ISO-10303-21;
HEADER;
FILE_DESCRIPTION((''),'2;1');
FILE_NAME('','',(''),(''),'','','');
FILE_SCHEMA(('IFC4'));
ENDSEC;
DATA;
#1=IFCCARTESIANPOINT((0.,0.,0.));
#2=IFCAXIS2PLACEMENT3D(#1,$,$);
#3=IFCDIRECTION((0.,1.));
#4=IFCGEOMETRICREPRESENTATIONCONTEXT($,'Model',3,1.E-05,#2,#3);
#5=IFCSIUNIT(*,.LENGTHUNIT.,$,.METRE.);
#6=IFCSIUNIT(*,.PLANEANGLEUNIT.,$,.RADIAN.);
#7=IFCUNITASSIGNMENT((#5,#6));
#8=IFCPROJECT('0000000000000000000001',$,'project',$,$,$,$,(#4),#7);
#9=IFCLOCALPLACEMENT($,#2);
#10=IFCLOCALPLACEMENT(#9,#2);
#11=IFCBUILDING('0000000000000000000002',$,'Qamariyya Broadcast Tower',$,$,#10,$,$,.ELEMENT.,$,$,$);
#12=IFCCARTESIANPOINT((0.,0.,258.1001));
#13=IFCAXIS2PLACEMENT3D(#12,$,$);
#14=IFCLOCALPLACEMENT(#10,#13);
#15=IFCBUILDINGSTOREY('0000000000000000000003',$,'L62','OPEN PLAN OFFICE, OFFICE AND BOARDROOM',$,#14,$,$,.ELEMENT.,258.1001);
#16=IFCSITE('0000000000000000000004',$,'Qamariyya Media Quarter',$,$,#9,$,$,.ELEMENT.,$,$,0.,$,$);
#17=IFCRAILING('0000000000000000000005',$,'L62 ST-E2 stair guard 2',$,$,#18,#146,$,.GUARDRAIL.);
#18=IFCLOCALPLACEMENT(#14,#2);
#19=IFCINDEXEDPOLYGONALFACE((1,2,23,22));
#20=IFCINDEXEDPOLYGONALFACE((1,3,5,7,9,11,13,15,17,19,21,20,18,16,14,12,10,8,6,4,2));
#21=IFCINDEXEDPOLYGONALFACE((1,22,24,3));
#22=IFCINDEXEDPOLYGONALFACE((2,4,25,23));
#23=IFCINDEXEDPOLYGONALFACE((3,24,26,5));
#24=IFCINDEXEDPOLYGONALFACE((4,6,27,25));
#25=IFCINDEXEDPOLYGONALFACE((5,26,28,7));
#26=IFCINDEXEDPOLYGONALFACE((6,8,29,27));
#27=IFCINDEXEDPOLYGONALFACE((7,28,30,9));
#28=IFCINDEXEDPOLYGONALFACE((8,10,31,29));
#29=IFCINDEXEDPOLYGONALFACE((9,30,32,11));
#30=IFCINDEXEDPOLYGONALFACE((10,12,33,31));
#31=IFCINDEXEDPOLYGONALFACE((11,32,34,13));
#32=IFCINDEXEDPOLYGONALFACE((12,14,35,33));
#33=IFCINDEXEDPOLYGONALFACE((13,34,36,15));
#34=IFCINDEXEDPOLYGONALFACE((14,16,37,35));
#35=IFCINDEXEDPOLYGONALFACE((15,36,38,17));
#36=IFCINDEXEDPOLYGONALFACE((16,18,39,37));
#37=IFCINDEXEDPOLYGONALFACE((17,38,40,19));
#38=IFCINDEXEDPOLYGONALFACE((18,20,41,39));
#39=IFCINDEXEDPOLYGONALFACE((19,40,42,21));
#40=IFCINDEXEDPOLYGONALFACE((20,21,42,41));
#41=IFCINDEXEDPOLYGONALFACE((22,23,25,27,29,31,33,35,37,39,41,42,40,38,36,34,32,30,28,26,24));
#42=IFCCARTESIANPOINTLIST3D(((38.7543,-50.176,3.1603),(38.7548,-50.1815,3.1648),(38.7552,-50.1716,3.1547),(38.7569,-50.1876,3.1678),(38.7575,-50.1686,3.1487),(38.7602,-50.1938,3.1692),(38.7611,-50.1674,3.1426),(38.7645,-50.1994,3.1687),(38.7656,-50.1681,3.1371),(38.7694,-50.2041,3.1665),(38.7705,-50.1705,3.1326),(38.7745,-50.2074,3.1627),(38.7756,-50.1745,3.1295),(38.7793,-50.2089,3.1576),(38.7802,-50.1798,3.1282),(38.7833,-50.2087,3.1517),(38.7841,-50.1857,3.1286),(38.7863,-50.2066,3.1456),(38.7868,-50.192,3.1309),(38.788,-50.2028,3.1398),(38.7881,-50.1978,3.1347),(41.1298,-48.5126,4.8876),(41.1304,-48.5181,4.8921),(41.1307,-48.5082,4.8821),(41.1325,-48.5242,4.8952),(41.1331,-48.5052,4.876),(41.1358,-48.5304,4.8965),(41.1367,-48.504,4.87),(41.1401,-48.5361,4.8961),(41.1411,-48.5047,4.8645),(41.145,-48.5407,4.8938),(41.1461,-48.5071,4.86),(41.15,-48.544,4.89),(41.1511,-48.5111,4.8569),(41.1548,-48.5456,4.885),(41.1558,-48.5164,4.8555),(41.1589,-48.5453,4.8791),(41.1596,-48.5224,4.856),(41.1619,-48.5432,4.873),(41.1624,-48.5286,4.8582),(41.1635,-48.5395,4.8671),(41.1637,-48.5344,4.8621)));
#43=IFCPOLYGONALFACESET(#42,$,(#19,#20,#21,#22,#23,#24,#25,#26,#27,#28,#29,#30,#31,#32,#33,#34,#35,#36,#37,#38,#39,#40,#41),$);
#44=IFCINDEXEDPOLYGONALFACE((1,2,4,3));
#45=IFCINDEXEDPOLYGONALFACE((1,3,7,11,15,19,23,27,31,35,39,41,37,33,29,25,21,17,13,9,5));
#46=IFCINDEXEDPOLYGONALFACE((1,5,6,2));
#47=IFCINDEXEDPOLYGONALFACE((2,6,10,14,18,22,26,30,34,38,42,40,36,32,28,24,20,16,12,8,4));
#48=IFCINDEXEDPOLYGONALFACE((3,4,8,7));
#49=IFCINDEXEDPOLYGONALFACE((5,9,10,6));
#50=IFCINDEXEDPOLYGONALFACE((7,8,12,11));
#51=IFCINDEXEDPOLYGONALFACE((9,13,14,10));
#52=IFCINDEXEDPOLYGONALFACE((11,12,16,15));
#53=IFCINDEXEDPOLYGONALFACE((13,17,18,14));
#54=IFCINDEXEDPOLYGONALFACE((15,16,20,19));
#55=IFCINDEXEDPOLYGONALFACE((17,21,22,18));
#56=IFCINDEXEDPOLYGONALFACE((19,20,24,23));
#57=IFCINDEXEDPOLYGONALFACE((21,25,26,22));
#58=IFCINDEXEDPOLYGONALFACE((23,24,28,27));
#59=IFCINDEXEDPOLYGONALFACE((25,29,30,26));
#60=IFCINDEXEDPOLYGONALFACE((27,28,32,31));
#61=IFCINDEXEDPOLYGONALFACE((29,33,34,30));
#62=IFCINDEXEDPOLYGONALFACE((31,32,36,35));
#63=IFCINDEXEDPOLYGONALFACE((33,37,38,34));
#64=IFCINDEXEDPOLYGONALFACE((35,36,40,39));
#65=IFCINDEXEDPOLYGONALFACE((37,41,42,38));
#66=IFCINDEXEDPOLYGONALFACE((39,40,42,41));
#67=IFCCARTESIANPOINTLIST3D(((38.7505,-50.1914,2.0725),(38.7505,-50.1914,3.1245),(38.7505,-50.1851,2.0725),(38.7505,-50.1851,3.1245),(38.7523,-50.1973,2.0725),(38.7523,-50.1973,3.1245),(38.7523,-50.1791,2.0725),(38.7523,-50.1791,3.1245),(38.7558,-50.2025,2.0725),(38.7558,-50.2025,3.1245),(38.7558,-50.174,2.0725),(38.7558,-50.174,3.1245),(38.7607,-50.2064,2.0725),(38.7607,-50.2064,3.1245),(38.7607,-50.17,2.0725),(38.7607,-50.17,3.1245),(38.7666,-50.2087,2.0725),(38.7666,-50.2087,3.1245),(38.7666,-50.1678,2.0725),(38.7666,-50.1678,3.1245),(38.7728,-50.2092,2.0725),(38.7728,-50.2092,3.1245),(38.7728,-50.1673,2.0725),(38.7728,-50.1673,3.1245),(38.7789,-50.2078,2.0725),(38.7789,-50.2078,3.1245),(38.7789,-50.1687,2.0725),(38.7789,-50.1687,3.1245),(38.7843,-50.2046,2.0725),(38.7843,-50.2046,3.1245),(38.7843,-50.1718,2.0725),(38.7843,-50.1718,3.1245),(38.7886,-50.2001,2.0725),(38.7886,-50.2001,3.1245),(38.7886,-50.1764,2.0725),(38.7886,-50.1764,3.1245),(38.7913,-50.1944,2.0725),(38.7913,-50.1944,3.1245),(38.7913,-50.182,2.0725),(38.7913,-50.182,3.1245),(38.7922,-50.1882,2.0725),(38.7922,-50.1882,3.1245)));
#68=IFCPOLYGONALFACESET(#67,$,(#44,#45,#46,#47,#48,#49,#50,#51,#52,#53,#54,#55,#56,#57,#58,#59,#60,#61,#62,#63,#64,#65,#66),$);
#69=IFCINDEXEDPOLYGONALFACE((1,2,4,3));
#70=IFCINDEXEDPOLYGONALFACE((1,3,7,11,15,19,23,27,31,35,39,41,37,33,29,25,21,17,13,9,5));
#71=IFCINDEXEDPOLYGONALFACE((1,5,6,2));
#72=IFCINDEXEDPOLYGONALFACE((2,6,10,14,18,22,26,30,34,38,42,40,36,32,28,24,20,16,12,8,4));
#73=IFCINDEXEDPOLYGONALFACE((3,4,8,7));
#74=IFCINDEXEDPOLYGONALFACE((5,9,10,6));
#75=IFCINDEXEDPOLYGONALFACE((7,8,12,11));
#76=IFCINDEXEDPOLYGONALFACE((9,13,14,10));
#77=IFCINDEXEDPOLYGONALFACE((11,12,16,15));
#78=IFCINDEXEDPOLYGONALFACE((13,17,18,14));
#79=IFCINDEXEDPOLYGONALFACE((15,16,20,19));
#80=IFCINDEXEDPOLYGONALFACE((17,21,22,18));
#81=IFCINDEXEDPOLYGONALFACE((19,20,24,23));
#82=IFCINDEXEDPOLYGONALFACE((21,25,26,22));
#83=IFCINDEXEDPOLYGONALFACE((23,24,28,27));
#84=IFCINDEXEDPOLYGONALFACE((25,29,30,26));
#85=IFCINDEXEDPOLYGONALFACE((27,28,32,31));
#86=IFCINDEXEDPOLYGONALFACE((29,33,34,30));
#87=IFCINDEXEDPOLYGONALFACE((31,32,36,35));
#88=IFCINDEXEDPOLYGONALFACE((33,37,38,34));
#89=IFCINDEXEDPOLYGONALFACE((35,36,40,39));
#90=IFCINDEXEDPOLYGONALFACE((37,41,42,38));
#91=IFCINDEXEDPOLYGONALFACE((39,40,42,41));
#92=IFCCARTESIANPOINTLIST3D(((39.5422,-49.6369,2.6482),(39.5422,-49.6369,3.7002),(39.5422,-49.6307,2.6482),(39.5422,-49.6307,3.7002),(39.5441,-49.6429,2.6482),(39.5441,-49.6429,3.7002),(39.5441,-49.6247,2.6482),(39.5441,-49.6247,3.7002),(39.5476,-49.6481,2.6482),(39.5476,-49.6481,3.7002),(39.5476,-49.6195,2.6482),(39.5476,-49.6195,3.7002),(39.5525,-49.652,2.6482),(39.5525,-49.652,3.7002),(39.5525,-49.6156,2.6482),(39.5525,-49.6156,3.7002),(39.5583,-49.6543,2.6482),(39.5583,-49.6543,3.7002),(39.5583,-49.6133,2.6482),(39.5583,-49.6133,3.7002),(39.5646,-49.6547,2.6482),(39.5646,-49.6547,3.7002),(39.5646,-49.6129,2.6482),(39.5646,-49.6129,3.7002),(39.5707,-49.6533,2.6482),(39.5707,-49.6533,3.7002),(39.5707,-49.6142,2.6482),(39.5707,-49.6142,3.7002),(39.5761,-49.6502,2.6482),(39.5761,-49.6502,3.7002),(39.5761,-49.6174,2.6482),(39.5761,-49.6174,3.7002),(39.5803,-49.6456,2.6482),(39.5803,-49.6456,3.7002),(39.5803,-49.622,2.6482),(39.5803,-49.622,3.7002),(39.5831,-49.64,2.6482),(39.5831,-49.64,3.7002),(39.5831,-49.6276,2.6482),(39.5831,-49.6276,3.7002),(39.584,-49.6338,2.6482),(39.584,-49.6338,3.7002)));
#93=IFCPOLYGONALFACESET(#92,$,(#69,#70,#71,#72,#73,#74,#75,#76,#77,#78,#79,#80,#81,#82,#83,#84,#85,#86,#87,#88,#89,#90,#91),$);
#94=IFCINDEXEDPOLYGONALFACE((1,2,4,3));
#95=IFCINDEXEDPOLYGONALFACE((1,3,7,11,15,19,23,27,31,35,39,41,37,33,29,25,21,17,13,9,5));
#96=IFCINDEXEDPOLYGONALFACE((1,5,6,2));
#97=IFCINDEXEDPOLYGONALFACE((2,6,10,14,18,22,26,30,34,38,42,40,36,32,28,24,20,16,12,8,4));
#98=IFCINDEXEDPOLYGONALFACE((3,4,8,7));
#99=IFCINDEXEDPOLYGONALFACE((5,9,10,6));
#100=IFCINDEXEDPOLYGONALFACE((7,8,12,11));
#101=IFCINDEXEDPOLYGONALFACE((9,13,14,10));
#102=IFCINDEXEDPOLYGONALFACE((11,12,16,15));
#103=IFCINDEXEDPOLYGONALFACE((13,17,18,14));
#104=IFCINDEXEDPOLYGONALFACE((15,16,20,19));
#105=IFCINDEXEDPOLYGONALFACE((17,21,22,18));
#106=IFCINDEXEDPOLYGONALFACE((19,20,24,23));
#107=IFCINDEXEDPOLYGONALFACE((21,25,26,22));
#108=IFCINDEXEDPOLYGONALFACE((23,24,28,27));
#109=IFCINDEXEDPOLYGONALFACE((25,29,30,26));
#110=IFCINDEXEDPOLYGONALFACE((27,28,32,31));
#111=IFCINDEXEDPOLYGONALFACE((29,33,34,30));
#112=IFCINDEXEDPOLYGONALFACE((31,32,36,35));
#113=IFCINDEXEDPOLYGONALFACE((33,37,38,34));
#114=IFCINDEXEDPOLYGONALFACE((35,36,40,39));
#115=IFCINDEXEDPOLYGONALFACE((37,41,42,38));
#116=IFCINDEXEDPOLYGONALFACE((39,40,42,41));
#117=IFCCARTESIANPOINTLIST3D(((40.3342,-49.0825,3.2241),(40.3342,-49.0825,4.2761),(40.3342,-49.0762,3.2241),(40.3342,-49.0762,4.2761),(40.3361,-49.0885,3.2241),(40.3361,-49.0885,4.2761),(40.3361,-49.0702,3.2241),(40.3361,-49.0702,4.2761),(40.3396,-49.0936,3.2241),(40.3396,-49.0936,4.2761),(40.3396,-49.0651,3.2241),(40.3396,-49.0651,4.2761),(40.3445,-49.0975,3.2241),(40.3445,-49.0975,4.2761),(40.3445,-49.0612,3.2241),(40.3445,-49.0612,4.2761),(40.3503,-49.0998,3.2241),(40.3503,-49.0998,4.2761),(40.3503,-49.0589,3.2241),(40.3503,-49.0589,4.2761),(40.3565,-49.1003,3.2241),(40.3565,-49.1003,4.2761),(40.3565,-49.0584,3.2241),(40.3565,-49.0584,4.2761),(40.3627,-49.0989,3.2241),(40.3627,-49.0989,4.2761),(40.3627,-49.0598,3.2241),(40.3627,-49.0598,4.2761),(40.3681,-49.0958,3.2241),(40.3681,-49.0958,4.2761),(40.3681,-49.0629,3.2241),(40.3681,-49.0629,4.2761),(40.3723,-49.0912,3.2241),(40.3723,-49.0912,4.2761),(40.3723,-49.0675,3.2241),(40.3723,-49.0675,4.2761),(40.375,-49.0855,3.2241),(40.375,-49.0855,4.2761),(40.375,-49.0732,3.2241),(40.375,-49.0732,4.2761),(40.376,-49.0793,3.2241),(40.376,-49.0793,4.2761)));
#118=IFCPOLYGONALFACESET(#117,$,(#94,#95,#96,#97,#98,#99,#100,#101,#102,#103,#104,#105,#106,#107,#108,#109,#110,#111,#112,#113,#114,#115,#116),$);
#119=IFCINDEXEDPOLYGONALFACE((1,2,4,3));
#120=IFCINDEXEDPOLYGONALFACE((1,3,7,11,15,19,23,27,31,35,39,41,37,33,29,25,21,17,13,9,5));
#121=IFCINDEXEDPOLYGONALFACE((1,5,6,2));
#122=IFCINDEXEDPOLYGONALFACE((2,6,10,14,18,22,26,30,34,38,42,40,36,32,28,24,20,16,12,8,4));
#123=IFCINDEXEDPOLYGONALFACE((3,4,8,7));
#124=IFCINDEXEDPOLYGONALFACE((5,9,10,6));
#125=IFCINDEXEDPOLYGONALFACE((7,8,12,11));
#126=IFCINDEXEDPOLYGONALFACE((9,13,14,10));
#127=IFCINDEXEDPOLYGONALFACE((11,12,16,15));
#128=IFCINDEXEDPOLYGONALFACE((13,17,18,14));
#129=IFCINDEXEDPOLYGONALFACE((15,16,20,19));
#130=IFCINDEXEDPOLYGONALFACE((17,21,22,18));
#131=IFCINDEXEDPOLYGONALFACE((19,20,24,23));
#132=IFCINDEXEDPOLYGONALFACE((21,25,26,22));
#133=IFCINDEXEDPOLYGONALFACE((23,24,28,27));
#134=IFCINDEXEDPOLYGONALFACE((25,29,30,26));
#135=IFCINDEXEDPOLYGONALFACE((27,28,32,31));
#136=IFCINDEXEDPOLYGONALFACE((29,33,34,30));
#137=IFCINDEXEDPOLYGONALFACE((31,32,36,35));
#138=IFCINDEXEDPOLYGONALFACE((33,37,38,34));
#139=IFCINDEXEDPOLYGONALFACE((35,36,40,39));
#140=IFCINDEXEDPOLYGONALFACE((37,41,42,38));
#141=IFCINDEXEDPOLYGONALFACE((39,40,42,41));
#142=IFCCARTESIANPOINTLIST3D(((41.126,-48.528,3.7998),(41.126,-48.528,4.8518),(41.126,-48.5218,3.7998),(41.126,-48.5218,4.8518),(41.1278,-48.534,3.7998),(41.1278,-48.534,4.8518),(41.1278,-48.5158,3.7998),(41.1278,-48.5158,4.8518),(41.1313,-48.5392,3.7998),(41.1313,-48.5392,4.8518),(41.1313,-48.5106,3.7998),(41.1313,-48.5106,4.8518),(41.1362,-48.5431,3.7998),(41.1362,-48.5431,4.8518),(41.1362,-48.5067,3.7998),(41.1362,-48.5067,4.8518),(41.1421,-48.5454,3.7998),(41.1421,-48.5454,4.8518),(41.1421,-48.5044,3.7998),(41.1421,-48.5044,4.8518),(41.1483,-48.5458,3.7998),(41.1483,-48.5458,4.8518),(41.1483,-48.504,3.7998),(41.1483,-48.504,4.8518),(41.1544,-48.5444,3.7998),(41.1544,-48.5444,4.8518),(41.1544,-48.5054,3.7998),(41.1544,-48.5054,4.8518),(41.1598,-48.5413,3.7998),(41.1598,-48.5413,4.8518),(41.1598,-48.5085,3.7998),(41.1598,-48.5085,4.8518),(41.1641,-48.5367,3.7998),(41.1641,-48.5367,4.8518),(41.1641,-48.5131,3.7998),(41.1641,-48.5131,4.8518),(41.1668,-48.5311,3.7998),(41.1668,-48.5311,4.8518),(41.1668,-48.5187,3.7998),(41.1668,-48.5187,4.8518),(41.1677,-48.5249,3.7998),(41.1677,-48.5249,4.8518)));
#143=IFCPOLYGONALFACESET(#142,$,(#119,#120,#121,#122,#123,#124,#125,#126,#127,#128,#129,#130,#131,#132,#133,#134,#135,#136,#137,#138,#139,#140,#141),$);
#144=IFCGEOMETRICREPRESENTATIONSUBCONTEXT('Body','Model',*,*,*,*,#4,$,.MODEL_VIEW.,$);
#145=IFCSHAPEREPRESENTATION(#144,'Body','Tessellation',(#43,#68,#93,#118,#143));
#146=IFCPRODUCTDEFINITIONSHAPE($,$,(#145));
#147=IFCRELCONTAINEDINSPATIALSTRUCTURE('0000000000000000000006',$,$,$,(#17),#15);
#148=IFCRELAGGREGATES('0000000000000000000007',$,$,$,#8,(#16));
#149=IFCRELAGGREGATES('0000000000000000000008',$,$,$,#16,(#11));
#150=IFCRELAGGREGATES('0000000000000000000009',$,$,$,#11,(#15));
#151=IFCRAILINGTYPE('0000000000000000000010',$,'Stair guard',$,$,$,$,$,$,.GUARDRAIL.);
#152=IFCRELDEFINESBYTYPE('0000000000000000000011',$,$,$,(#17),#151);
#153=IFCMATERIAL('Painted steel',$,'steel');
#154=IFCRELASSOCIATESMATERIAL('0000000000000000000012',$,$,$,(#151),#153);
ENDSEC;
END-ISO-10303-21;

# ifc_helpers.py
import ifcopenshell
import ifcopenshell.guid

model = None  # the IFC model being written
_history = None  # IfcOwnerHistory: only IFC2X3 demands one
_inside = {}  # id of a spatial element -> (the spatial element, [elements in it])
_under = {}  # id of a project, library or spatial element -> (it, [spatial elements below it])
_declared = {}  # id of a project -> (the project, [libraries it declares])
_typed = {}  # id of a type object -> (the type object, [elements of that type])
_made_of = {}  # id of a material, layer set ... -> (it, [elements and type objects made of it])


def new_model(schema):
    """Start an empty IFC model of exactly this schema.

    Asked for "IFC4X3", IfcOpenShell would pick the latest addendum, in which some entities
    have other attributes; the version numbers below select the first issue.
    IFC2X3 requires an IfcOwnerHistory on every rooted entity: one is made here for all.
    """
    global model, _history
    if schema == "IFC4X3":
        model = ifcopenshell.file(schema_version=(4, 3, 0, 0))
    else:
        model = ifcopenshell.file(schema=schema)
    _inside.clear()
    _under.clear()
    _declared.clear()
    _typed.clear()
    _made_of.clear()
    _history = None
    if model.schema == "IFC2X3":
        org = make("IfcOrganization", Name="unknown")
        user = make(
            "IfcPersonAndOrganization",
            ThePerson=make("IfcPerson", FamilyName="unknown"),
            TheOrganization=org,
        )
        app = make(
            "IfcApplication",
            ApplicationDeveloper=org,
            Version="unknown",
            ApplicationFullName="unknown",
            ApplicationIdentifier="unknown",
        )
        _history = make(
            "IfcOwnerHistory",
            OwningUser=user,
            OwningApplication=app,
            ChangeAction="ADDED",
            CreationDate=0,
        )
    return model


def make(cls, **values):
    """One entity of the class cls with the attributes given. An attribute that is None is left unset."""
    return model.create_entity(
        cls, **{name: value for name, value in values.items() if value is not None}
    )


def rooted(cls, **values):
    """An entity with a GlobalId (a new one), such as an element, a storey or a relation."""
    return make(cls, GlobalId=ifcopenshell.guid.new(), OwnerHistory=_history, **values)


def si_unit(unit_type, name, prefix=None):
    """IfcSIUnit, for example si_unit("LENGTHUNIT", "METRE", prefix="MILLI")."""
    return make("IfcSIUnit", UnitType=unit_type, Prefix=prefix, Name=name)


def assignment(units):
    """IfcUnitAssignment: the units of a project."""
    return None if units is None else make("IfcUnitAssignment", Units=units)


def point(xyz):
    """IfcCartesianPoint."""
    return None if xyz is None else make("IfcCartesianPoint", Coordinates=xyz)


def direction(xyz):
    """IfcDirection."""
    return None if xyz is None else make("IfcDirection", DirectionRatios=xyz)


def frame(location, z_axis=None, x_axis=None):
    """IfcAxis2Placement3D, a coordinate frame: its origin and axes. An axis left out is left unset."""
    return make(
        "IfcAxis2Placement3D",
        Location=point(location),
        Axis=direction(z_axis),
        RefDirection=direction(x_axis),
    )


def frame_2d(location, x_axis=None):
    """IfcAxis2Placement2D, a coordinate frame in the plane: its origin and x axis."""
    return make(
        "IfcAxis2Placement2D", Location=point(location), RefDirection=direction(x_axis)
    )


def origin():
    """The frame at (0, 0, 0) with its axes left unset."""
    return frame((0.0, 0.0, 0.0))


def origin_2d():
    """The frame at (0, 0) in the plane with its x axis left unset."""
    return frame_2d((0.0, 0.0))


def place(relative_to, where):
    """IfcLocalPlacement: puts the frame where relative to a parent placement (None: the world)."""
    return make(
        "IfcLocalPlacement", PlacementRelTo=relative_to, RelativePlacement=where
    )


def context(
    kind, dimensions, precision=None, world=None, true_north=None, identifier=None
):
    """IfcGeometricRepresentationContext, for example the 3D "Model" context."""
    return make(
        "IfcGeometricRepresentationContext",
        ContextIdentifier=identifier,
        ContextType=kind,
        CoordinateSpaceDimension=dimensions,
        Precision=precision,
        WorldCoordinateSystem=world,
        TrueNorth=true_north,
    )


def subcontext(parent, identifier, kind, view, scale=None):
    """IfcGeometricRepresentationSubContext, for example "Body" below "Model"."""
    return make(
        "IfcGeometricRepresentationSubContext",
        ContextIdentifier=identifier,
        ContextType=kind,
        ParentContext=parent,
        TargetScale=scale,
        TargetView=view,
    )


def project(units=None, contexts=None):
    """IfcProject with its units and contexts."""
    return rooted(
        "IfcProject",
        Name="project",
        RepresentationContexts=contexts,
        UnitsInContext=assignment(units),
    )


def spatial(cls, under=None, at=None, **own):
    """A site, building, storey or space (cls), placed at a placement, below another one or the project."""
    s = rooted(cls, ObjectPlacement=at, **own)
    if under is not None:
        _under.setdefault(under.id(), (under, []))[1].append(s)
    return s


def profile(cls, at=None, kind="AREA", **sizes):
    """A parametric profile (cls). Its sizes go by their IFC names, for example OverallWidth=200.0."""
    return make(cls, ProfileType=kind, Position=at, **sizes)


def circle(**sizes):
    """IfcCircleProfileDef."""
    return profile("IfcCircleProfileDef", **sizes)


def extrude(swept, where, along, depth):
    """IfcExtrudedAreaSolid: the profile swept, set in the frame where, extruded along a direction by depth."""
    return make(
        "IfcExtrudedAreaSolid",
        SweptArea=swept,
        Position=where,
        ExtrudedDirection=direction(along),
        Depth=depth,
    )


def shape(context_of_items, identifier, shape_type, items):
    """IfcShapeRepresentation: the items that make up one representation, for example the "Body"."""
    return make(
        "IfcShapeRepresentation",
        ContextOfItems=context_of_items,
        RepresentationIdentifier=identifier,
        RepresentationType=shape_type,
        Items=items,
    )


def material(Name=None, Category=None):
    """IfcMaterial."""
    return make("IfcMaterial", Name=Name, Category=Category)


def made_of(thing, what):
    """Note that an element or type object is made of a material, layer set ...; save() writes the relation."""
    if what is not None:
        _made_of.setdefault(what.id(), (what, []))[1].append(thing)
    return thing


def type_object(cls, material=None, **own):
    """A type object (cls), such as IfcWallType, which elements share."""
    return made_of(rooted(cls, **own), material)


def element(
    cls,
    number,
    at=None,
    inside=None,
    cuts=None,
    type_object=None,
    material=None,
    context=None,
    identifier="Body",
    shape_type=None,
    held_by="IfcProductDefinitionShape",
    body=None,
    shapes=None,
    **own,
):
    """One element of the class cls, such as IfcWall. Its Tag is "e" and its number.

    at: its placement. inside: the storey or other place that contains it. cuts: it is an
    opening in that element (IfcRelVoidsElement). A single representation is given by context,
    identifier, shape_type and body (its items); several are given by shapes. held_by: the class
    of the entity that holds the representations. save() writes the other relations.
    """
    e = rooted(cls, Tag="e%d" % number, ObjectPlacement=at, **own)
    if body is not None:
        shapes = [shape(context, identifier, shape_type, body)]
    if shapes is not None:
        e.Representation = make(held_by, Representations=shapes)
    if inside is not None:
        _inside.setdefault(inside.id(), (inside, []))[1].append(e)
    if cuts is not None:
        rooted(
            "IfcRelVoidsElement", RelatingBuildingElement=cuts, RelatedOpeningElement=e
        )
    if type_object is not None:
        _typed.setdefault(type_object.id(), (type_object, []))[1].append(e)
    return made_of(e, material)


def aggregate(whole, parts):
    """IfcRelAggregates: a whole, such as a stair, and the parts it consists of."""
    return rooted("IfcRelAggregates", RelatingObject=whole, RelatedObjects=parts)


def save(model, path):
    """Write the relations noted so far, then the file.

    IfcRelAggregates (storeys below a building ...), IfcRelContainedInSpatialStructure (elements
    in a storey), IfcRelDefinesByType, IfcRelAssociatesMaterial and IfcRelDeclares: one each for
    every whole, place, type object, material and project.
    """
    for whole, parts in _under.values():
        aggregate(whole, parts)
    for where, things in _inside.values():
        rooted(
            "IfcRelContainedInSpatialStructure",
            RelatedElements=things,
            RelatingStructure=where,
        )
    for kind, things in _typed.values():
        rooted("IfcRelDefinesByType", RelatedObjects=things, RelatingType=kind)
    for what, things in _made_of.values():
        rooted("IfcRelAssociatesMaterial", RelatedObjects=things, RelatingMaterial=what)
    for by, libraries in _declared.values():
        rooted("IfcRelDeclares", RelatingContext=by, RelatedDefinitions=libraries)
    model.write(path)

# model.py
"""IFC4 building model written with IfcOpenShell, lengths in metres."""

from ifc_helpers import new_model, si_unit, direction, frame, origin, origin_2d, place, context, subcontext, project, spatial, circle, extrude, material, type_object, element, save


model = new_model("IFC4")

# Units and contexts
model_context = context("Model", 3, precision=1e-05, world=origin(), true_north=direction((0.0, 1.0)))
body_context = subcontext(model_context, "Body", "Model", "MODEL_VIEW")
ifc_project = project(units=[si_unit("LENGTHUNIT", "METRE"), si_unit("PLANEANGLEUNIT", "RADIAN")], contexts=[model_context])

# Site, building, storey
site_placement = place(None, origin())
site = spatial("IfcSite", under=ifc_project, at=site_placement, Name="Qamariyya Media Quarter", CompositionType="ELEMENT", RefElevation=0.0)
building_placement = place(site_placement, origin())
building = spatial("IfcBuilding", under=site, at=building_placement, Name="Qamariyya Broadcast Tower", CompositionType="ELEMENT")
storey_placement = place(building_placement, frame((0.0, 0.0, 258.1001)))
storey = spatial("IfcBuildingStorey", under=building, at=storey_placement, Name="L62", Description="OPEN PLAN OFFICE, OFFICE AND BOARDROOM", CompositionType="ELEMENT", Elevation=258.1001)

# Railing
ifc_material_1 = material(Name="Painted steel", Category="steel")
railing_type_1 = type_object("IfcRailingType", Name="Stair guard", PredefinedType="GUARDRAIL", material=ifc_material_1)
railing_1_placement = place(storey_placement, frame((38.7712, -50.1882, 2.0725)))
element("IfcRailing", 1, at=railing_1_placement, inside=storey, type_object=railing_type_1, Name="L62 ST-E2 stair guard 2", PredefinedType="GUARDRAIL", context=body_context, shape_type="SweptSolid", body=[
    extrude(circle(Radius=0.0239, at=origin_2d()), frame((0.0, 0.0, 1.0762), z_axis=(0.70377, 0.492784, 0.511734), x_axis=(-0.573575, 0.819153, 0.0)), (0.0, 0.0, 1.0), 3.3755),
    extrude(circle(Radius=0.021, at=origin_2d()), origin(), (0.0, 0.0, 1.0), 1.052),
    extrude(circle(Radius=0.021, at=origin_2d()), frame((0.7917, 0.5544, 0.5757)), (0.0, 0.0, 1.0), 1.052),
    extrude(circle(Radius=0.021, at=origin_2d()), frame((1.5837, 1.1089, 1.1516)), (0.0, 0.0, 1.0), 1.052),
    extrude(circle(Radius=0.021, at=origin_2d()), frame((2.3755, 1.6633, 1.7273)), (0.0, 0.0, 1.0), 1.052),
])

save(model, "model.ifc")
